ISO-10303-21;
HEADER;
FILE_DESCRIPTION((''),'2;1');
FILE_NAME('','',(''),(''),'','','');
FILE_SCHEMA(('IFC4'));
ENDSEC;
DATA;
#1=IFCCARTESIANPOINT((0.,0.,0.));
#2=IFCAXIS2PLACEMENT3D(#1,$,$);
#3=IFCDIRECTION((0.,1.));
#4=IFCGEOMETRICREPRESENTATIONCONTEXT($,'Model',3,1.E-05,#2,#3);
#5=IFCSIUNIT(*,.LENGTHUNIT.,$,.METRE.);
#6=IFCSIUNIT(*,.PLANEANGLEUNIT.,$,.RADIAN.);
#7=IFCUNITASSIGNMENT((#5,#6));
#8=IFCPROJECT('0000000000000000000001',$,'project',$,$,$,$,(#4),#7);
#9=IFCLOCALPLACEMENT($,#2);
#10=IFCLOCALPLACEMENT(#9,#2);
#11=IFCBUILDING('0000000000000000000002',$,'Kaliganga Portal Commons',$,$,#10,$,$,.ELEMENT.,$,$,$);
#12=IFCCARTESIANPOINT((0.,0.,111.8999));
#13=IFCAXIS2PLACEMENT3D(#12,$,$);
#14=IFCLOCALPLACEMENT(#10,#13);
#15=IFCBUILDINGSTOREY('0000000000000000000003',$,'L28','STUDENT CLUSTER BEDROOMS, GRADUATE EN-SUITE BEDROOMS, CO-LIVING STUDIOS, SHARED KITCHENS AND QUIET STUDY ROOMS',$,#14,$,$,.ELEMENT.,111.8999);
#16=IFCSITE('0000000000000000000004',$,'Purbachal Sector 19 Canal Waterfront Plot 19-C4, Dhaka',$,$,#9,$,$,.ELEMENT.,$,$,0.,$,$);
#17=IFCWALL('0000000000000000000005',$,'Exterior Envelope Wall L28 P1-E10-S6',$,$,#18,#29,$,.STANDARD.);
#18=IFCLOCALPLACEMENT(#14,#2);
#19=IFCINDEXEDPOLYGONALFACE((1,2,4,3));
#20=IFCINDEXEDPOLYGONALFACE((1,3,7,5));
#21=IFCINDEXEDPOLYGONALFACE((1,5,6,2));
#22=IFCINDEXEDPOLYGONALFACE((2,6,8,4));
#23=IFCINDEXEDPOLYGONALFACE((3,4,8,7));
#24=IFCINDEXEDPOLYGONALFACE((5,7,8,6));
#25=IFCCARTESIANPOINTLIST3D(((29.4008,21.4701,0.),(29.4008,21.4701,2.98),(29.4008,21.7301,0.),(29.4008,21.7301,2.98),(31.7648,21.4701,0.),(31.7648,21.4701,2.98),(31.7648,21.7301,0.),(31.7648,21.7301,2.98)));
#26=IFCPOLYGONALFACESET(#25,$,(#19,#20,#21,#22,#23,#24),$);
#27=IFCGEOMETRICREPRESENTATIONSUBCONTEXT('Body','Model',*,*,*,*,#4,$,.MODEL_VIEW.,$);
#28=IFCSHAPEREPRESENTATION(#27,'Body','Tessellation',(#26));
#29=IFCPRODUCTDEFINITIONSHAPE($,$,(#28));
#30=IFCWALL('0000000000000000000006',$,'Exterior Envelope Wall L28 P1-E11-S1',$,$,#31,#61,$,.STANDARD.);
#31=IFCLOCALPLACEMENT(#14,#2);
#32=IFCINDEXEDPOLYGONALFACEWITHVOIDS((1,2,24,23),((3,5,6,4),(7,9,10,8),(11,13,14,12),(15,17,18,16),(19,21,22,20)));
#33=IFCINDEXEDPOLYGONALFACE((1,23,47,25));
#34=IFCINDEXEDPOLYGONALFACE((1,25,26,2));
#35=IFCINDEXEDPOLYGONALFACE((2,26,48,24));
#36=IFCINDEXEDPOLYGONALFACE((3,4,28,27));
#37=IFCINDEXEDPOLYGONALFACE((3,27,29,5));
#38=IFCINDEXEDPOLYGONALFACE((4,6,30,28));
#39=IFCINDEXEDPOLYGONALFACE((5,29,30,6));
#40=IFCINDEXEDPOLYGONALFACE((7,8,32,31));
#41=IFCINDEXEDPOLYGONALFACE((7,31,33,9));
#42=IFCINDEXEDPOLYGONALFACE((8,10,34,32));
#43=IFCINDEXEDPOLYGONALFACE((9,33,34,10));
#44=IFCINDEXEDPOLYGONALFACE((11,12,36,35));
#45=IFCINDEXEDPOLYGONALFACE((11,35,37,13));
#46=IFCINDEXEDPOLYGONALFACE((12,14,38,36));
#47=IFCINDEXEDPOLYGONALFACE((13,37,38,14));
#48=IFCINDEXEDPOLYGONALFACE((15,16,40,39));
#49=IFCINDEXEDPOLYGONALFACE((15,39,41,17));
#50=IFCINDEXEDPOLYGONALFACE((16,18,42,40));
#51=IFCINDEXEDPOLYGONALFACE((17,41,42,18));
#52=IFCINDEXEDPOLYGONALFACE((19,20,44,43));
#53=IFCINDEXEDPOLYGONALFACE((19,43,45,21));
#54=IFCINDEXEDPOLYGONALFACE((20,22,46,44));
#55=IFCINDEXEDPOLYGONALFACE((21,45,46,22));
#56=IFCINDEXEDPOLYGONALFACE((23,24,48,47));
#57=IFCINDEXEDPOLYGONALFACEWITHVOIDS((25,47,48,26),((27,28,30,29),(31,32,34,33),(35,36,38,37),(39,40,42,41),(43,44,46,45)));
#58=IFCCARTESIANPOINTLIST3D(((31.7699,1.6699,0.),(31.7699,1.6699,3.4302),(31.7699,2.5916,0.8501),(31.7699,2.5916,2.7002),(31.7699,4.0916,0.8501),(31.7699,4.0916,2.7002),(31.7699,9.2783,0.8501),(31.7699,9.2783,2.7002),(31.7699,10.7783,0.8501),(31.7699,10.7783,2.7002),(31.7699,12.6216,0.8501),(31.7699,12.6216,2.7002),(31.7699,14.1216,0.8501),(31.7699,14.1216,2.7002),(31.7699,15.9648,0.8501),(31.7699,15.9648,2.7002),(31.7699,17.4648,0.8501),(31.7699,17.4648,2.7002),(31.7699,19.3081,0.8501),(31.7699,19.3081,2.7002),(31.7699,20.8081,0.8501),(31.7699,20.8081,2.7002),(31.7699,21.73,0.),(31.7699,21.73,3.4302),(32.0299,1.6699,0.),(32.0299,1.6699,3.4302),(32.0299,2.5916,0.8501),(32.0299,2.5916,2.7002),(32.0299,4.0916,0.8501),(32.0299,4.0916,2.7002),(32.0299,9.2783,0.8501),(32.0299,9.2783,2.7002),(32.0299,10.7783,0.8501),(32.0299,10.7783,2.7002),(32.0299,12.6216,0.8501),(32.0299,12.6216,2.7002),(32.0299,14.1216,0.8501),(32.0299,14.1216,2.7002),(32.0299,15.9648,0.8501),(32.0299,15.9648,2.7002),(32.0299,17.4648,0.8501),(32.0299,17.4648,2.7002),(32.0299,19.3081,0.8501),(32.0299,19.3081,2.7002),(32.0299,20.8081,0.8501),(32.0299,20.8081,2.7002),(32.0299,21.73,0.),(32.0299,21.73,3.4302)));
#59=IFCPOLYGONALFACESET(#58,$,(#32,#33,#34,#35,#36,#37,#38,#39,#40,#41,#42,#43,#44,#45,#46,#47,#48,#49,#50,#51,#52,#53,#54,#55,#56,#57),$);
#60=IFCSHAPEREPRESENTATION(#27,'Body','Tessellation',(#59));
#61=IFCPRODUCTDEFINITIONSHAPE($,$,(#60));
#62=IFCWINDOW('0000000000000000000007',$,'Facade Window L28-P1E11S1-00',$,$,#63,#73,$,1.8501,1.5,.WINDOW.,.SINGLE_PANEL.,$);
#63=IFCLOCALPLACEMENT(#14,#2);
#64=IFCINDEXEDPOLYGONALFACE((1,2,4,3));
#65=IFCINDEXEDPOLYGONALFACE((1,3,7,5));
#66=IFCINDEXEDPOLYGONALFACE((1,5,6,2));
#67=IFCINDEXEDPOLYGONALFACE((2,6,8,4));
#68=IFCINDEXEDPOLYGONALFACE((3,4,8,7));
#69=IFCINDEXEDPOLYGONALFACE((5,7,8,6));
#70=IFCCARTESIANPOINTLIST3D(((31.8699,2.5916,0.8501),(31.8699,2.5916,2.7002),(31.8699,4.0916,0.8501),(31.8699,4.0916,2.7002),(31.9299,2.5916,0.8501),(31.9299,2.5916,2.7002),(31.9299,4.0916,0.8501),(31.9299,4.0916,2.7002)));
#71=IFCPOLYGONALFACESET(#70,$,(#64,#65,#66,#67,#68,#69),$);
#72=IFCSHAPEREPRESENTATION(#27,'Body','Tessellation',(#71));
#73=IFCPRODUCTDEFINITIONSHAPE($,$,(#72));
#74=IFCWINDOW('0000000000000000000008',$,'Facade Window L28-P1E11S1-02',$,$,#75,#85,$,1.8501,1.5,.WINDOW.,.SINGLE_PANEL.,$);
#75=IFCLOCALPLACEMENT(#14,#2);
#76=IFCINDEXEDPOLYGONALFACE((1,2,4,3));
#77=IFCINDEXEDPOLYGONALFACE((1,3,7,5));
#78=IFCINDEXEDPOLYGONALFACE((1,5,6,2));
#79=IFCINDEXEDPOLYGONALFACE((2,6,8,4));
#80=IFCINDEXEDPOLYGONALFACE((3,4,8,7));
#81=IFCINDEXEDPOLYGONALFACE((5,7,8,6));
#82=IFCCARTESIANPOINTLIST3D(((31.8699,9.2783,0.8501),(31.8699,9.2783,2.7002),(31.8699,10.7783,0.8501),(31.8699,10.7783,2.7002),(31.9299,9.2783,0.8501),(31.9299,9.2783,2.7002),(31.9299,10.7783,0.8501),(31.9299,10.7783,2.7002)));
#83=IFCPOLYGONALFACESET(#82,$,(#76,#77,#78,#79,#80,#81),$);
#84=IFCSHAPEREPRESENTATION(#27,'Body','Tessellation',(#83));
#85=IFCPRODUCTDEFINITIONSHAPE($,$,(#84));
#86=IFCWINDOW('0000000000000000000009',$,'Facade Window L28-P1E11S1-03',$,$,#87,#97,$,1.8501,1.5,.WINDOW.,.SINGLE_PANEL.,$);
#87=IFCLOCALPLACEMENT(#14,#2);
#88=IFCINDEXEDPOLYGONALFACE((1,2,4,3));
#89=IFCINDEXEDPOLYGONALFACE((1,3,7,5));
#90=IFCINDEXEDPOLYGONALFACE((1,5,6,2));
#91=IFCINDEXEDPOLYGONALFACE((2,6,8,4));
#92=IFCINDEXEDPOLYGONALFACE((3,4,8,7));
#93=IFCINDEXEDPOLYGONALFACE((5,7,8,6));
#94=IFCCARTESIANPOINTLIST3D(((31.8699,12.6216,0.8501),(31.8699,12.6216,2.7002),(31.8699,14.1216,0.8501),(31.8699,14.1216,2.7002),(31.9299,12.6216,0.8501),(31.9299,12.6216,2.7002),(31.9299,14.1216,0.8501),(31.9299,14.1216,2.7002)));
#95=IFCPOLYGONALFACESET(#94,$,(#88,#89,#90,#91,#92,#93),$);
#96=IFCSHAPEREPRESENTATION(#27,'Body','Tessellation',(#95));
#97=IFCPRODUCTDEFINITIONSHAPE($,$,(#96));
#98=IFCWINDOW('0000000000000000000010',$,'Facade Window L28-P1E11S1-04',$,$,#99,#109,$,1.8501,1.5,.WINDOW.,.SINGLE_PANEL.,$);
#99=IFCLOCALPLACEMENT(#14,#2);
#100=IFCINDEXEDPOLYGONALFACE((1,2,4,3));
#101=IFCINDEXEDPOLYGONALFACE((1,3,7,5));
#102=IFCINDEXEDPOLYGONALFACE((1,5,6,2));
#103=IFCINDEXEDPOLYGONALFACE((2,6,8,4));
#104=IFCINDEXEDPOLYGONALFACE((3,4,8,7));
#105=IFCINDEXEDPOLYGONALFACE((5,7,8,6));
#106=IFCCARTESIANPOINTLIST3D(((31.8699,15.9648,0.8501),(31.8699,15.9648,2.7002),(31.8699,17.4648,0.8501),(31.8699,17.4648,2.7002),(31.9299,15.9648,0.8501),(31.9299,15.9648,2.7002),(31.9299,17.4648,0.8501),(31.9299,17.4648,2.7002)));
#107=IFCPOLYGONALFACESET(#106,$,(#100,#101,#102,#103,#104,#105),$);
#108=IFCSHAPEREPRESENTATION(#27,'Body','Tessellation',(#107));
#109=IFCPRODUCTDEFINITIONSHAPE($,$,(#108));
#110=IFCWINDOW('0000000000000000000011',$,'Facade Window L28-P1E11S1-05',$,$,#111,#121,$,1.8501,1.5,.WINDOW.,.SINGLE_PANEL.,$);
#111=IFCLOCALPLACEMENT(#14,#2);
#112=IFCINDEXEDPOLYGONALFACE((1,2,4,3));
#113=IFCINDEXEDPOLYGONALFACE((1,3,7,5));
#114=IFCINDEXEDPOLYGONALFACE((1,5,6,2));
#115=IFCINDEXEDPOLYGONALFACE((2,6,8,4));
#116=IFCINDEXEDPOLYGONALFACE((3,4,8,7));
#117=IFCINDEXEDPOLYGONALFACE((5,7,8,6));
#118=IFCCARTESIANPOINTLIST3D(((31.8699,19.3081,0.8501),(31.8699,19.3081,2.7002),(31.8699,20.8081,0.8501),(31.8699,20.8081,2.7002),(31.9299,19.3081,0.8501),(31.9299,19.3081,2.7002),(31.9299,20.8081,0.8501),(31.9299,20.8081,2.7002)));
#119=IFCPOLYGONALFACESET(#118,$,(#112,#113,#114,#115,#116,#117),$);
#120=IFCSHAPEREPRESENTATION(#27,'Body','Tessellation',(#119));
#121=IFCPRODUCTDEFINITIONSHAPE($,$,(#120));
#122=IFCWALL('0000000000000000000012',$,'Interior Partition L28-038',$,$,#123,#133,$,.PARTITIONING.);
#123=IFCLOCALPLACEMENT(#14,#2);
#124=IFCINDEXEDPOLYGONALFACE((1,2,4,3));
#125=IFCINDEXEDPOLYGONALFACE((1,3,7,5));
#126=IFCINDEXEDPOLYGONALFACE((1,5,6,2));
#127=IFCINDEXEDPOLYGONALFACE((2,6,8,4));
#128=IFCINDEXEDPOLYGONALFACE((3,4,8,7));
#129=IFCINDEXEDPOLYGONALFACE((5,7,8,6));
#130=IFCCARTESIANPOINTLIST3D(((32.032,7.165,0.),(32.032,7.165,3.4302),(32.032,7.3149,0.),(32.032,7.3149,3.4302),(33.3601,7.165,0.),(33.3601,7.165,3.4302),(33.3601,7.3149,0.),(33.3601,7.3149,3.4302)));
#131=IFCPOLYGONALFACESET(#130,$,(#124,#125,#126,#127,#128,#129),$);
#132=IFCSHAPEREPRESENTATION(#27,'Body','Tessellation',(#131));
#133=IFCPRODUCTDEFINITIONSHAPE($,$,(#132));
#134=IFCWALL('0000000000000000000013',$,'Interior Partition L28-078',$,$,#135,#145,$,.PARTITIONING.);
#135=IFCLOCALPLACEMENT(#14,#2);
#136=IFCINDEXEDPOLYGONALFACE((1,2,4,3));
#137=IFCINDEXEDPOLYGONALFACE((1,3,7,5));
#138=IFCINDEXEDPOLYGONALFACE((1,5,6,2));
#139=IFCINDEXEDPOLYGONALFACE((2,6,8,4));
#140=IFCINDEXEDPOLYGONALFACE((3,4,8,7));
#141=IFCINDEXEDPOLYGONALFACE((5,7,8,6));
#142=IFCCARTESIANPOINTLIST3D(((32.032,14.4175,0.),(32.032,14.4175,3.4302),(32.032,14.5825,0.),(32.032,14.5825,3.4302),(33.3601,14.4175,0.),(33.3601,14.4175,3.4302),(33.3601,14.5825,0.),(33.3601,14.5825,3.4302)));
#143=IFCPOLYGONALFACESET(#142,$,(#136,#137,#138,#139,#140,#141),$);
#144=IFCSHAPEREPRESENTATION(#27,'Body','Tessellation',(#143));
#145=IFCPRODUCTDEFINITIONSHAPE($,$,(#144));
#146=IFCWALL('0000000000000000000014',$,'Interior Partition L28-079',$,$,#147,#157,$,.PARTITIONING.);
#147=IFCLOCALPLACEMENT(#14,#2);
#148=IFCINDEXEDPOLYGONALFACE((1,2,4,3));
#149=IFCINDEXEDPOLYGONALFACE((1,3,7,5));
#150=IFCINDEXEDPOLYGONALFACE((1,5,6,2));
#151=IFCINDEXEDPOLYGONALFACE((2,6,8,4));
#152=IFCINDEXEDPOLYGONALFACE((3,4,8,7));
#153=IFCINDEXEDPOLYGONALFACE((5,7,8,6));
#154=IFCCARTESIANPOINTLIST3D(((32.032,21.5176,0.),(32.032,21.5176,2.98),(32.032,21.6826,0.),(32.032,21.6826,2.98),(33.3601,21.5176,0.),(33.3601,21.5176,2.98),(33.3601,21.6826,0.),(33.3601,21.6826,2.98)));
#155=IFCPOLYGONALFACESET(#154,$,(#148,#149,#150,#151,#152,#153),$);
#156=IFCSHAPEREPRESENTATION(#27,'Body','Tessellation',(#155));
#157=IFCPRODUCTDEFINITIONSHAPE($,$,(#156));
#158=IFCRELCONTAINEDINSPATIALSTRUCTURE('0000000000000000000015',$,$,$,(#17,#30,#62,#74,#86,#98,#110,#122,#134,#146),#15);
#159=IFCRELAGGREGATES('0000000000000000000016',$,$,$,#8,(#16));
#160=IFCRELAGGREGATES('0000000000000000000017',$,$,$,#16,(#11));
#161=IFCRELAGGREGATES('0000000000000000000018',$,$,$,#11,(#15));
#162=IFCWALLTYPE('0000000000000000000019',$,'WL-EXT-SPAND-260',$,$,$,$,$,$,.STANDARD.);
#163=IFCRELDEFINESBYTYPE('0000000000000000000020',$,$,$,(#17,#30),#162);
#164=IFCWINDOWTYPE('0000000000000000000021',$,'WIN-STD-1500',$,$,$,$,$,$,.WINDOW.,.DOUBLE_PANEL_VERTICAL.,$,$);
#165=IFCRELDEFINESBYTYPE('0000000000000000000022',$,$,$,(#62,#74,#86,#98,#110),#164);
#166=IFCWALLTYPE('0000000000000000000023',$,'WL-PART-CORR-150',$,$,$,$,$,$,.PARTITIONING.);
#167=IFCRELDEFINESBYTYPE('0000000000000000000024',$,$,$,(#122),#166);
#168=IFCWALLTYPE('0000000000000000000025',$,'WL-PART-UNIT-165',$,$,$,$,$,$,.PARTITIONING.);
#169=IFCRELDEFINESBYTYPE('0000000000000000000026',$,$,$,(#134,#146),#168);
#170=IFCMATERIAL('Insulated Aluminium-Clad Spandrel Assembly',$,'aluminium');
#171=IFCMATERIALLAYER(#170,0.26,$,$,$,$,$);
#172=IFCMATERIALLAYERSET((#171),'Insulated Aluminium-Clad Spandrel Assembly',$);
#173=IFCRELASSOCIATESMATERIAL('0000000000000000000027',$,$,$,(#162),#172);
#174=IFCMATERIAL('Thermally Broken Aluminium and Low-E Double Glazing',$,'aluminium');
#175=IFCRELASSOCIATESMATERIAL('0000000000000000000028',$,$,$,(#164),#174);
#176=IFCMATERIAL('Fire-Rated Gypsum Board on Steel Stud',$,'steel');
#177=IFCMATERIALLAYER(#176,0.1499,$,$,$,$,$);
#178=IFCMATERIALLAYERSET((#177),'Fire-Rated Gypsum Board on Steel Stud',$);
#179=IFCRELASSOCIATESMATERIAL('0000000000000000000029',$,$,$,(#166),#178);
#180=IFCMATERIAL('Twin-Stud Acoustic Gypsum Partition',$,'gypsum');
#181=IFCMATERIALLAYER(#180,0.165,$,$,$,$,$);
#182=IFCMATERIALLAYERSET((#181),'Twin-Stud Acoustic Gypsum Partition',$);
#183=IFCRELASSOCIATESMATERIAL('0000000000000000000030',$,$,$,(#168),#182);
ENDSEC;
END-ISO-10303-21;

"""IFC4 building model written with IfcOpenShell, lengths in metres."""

from ifc_helpers import new_model, si_unit, direction, frame, frame_2d, origin, place, context, subcontext, project, spatial, rectangle, extrude, material, layer, layer_set, type_object, element, fill, save


model = new_model("IFC4")

# Units and contexts
model_context = context("Model", 3, precision=1e-05, world=origin(), true_north=direction((0.0, 1.0)))
body_context = subcontext(model_context, "Body", "Model", "MODEL_VIEW")
ifc_project = project(units=[si_unit("LENGTHUNIT", "METRE"), si_unit("PLANEANGLEUNIT", "RADIAN")], contexts=[model_context])

# Site, building, storey
site_placement = place(None, origin())
site = spatial("IfcSite", under=ifc_project, at=site_placement, Name="Purbachal Sector 19 Canal Waterfront Plot 19-C4, Dhaka", CompositionType="ELEMENT", RefElevation=0.0)
building_placement = place(site_placement, origin())
building = spatial("IfcBuilding", under=site, at=building_placement, Name="Kaliganga Portal Commons", CompositionType="ELEMENT")
storey_placement = place(building_placement, frame((0.0, 0.0, 111.8999)))
storey = spatial("IfcBuildingStorey", under=building, at=storey_placement, Name="L28", Description="STUDENT CLUSTER BEDROOMS, GRADUATE EN-SUITE BEDROOMS, CO-LIVING STUDIOS, SHARED KITCHENS AND QUIET STUDY ROOMS", CompositionType="ELEMENT", Elevation=111.8999)

# Shared definitions
ifc_material_1 = material(Name="Insulated Aluminium-Clad Spandrel Assembly", Category="aluminium")
ifc_layer_1 = layer(ifc_material_1, 0.26)
ifc_layer_set_1 = layer_set([ifc_layer_1], Name="Insulated Aluminium-Clad Spandrel Assembly")
wall_type_1 = type_object("IfcWallType", Name="WL-EXT-SPAND-260", PredefinedType="STANDARD", material=ifc_layer_set_1)
ifc_material_2 = material(Name="Thermally Broken Aluminium and Low-E Double Glazing", Category="aluminium")

# Wall
wall_1_placement = place(storey_placement, frame((31.7649, 21.6001, 0.0), z_axis=(0.0, 0.0, 1.0), x_axis=(-1.0, 0.0, 0.0)))
element("IfcWall", 1, at=wall_1_placement, inside=storey, type_object=wall_type_1, Name="Exterior Envelope Wall L28 P1-E10-S6", PredefinedType="STANDARD", context=body_context, shape_type="SweptSolid", body=[
    extrude(rectangle(XDim=2.364, YDim=0.26, at=frame_2d((1.1821, 0.0))), origin(), (0.0, 0.0, 1.0), 2.98),
])

# Wall, openings, windows
wall_2_placement = place(storey_placement, frame((31.8999, 1.6699, 0.0), z_axis=(0.0, 0.0, 1.0), x_axis=(0.0, 1.0, 0.0)))
wall_2 = element("IfcWall", 2, at=wall_2_placement, inside=storey, type_object=wall_type_1, Name="Exterior Envelope Wall L28 P1-E11-S1", PredefinedType="STANDARD", context=body_context, shape_type="SweptSolid", body=[
    extrude(rectangle(XDim=20.0601, YDim=0.26, at=frame_2d((10.03, 0.0))), origin(), (0.0, 0.0, 1.0), 3.4302),
])
opening_1_placement = place(wall_2_placement, frame((0.9216, 0.0, 0.8501)))
opening_1 = element("IfcOpeningElement", 3, at=opening_1_placement, cuts=wall_2, PredefinedType="OPENING", context=body_context, shape_type="SweptSolid", body=[
    extrude(rectangle(XDim=1.5, YDim=1.8501, at=frame_2d((0.75, 0.925))), frame((0.0, 0.1401, 0.0), z_axis=(0.0, -1.0, 0.0), x_axis=(1.0, 0.0, 0.0)), (0.0, 0.0, 1.0), 0.28),
])
opening_2_placement = place(wall_2_placement, frame((7.6084, 0.0, 0.8501)))
opening_2 = element("IfcOpeningElement", 4, at=opening_2_placement, cuts=wall_2, PredefinedType="OPENING", context=body_context, shape_type="SweptSolid", body=[
    extrude(rectangle(XDim=1.5, YDim=1.8501, at=frame_2d((0.75, 0.925))), frame((0.0, 0.1401, 0.0), z_axis=(0.0, -1.0, 0.0), x_axis=(1.0, 0.0, 0.0)), (0.0, 0.0, 1.0), 0.28),
])
opening_3_placement = place(wall_2_placement, frame((10.9517, 0.0, 0.8501)))
opening_3 = element("IfcOpeningElement", 5, at=opening_3_placement, cuts=wall_2, PredefinedType="OPENING", context=body_context, shape_type="SweptSolid", body=[
    extrude(rectangle(XDim=1.5, YDim=1.8501, at=frame_2d((0.75, 0.925))), frame((0.0, 0.1401, 0.0), z_axis=(0.0, -1.0, 0.0), x_axis=(1.0, 0.0, 0.0)), (0.0, 0.0, 1.0), 0.28),
])
opening_4_placement = place(wall_2_placement, frame((14.2949, 0.0, 0.8501)))
opening_4 = element("IfcOpeningElement", 6, at=opening_4_placement, cuts=wall_2, PredefinedType="OPENING", context=body_context, shape_type="SweptSolid", body=[
    extrude(rectangle(XDim=1.5, YDim=1.8501, at=frame_2d((0.75, 0.925))), frame((0.0, 0.1401, 0.0), z_axis=(0.0, -1.0, 0.0), x_axis=(1.0, 0.0, 0.0)), (0.0, 0.0, 1.0), 0.28),
])
opening_5_placement = place(wall_2_placement, frame((17.6382, 0.0, 0.8501)))
opening_5 = element("IfcOpeningElement", 7, at=opening_5_placement, cuts=wall_2, PredefinedType="OPENING", context=body_context, shape_type="SweptSolid", body=[
    extrude(rectangle(XDim=1.5, YDim=1.8501, at=frame_2d((0.75, 0.925))), frame((0.0, 0.1401, 0.0), z_axis=(0.0, -1.0, 0.0), x_axis=(1.0, 0.0, 0.0)), (0.0, 0.0, 1.0), 0.28),
])
window_type_1 = type_object("IfcWindowType", Name="WIN-STD-1500", PartitioningType="DOUBLE_PANEL_VERTICAL", PredefinedType="WINDOW", material=ifc_material_2)
window_1_placement = place(opening_1_placement, origin())
window_1 = element("IfcWindow", 8, at=window_1_placement, inside=storey, type_object=window_type_1, Name="Facade Window L28-P1E11S1-00", OverallHeight=1.8501, OverallWidth=1.5, PartitioningType="SINGLE_PANEL", PredefinedType="WINDOW", context=body_context, shape_type="SweptSolid", body=[
    extrude(rectangle(XDim=1.5, YDim=1.8501, at=frame_2d((0.75, 0.925))), frame((0.0, 0.03, 0.0), z_axis=(0.0, -1.0, 0.0), x_axis=(1.0, 0.0, 0.0)), (0.0, 0.0, 1.0), 0.0601),
])
fill(opening_1, window_1)
window_2_placement = place(opening_2_placement, origin())
window_2 = element("IfcWindow", 9, at=window_2_placement, inside=storey, type_object=window_type_1, Name="Facade Window L28-P1E11S1-02", OverallHeight=1.8501, OverallWidth=1.5, PartitioningType="SINGLE_PANEL", PredefinedType="WINDOW", context=body_context, shape_type="SweptSolid", body=[
    extrude(rectangle(XDim=1.5, YDim=1.8501, at=frame_2d((0.75, 0.925))), frame((0.0, 0.03, 0.0), z_axis=(0.0, -1.0, 0.0), x_axis=(1.0, 0.0, 0.0)), (0.0, 0.0, 1.0), 0.0601),
])
fill(opening_2, window_2)
window_3_placement = place(opening_3_placement, origin())
window_3 = element("IfcWindow", 10, at=window_3_placement, inside=storey, type_object=window_type_1, Name="Facade Window L28-P1E11S1-03", OverallHeight=1.8501, OverallWidth=1.5, PartitioningType="SINGLE_PANEL", PredefinedType="WINDOW", context=body_context, shape_type="SweptSolid", body=[
    extrude(rectangle(XDim=1.5, YDim=1.8501, at=frame_2d((0.75, 0.925))), frame((0.0, 0.03, 0.0), z_axis=(0.0, -1.0, 0.0), x_axis=(1.0, 0.0, 0.0)), (0.0, 0.0, 1.0), 0.0601),
])
fill(opening_3, window_3)
window_4_placement = place(opening_4_placement, origin())
window_4 = element("IfcWindow", 11, at=window_4_placement, inside=storey, type_object=window_type_1, Name="Facade Window L28-P1E11S1-04", OverallHeight=1.8501, OverallWidth=1.5, PartitioningType="SINGLE_PANEL", PredefinedType="WINDOW", context=body_context, shape_type="SweptSolid", body=[
    extrude(rectangle(XDim=1.5, YDim=1.8501, at=frame_2d((0.75, 0.925))), frame((0.0, 0.03, 0.0), z_axis=(0.0, -1.0, 0.0), x_axis=(1.0, 0.0, 0.0)), (0.0, 0.0, 1.0), 0.0601),
])
fill(opening_4, window_4)
window_5_placement = place(opening_5_placement, origin())
window_5 = element("IfcWindow", 12, at=window_5_placement, inside=storey, type_object=window_type_1, Name="Facade Window L28-P1E11S1-05", OverallHeight=1.8501, OverallWidth=1.5, PartitioningType="SINGLE_PANEL", PredefinedType="WINDOW", context=body_context, shape_type="SweptSolid", body=[
    extrude(rectangle(XDim=1.5, YDim=1.8501, at=frame_2d((0.75, 0.925))), frame((0.0, 0.03, 0.0), z_axis=(0.0, -1.0, 0.0), x_axis=(1.0, 0.0, 0.0)), (0.0, 0.0, 1.0), 0.0601),
])
fill(opening_5, window_5)

# Walls
ifc_material_3 = material(Name="Fire-Rated Gypsum Board on Steel Stud", Category="steel")
ifc_layer_2 = layer(ifc_material_3, 0.1499)
ifc_layer_set_2 = layer_set([ifc_layer_2], Name="Fire-Rated Gypsum Board on Steel Stud")
wall_type_2 = type_object("IfcWallType", Name="WL-PART-CORR-150", PredefinedType="PARTITIONING", material=ifc_layer_set_2)
wall_3_placement = place(storey_placement, frame((32.032, 7.24, 0.0), z_axis=(0.0, 0.0, 1.0), x_axis=(1.0, 0.0, 0.0)))
element("IfcWall", 13, at=wall_3_placement, inside=storey, type_object=wall_type_2, Name="Interior Partition L28-038", PredefinedType="PARTITIONING", context=body_context, shape_type="SweptSolid", body=[
    extrude(rectangle(XDim=1.3281, YDim=0.1499, at=frame_2d((0.6641, 0.0))), origin(), (0.0, 0.0, 1.0), 3.4302),
])
ifc_material_4 = material(Name="Twin-Stud Acoustic Gypsum Partition", Category="gypsum")
ifc_layer_3 = layer(ifc_material_4, 0.165)
ifc_layer_set_3 = layer_set([ifc_layer_3], Name="Twin-Stud Acoustic Gypsum Partition")
wall_type_3 = type_object("IfcWallType", Name="WL-PART-UNIT-165", PredefinedType="PARTITIONING", material=ifc_layer_set_3)
wall_4_placement = place(storey_placement, frame((32.032, 14.5, 0.0), z_axis=(0.0, 0.0, 1.0), x_axis=(1.0, 0.0, 0.0)))
element("IfcWall", 14, at=wall_4_placement, inside=storey, type_object=wall_type_3, Name="Interior Partition L28-078", PredefinedType="PARTITIONING", context=body_context, shape_type="SweptSolid", body=[
    extrude(rectangle(XDim=1.3281, YDim=0.165, at=frame_2d((0.6641, 0.0))), origin(), (0.0, 0.0, 1.0), 3.4302),
])
wall_5_placement = place(storey_placement, frame((32.032, 21.6001, 0.0), z_axis=(0.0, 0.0, 1.0), x_axis=(1.0, 0.0, 0.0)))
element("IfcWall", 15, at=wall_5_placement, inside=storey, type_object=wall_type_3, Name="Interior Partition L28-079", PredefinedType="PARTITIONING", context=body_context, shape_type="SweptSolid", body=[
    extrude(rectangle(XDim=1.3281, YDim=0.165, at=frame_2d((0.6641, 0.0))), origin(), (0.0, 0.0, 1.0), 2.98),
])

save(model, "model.ifc")
